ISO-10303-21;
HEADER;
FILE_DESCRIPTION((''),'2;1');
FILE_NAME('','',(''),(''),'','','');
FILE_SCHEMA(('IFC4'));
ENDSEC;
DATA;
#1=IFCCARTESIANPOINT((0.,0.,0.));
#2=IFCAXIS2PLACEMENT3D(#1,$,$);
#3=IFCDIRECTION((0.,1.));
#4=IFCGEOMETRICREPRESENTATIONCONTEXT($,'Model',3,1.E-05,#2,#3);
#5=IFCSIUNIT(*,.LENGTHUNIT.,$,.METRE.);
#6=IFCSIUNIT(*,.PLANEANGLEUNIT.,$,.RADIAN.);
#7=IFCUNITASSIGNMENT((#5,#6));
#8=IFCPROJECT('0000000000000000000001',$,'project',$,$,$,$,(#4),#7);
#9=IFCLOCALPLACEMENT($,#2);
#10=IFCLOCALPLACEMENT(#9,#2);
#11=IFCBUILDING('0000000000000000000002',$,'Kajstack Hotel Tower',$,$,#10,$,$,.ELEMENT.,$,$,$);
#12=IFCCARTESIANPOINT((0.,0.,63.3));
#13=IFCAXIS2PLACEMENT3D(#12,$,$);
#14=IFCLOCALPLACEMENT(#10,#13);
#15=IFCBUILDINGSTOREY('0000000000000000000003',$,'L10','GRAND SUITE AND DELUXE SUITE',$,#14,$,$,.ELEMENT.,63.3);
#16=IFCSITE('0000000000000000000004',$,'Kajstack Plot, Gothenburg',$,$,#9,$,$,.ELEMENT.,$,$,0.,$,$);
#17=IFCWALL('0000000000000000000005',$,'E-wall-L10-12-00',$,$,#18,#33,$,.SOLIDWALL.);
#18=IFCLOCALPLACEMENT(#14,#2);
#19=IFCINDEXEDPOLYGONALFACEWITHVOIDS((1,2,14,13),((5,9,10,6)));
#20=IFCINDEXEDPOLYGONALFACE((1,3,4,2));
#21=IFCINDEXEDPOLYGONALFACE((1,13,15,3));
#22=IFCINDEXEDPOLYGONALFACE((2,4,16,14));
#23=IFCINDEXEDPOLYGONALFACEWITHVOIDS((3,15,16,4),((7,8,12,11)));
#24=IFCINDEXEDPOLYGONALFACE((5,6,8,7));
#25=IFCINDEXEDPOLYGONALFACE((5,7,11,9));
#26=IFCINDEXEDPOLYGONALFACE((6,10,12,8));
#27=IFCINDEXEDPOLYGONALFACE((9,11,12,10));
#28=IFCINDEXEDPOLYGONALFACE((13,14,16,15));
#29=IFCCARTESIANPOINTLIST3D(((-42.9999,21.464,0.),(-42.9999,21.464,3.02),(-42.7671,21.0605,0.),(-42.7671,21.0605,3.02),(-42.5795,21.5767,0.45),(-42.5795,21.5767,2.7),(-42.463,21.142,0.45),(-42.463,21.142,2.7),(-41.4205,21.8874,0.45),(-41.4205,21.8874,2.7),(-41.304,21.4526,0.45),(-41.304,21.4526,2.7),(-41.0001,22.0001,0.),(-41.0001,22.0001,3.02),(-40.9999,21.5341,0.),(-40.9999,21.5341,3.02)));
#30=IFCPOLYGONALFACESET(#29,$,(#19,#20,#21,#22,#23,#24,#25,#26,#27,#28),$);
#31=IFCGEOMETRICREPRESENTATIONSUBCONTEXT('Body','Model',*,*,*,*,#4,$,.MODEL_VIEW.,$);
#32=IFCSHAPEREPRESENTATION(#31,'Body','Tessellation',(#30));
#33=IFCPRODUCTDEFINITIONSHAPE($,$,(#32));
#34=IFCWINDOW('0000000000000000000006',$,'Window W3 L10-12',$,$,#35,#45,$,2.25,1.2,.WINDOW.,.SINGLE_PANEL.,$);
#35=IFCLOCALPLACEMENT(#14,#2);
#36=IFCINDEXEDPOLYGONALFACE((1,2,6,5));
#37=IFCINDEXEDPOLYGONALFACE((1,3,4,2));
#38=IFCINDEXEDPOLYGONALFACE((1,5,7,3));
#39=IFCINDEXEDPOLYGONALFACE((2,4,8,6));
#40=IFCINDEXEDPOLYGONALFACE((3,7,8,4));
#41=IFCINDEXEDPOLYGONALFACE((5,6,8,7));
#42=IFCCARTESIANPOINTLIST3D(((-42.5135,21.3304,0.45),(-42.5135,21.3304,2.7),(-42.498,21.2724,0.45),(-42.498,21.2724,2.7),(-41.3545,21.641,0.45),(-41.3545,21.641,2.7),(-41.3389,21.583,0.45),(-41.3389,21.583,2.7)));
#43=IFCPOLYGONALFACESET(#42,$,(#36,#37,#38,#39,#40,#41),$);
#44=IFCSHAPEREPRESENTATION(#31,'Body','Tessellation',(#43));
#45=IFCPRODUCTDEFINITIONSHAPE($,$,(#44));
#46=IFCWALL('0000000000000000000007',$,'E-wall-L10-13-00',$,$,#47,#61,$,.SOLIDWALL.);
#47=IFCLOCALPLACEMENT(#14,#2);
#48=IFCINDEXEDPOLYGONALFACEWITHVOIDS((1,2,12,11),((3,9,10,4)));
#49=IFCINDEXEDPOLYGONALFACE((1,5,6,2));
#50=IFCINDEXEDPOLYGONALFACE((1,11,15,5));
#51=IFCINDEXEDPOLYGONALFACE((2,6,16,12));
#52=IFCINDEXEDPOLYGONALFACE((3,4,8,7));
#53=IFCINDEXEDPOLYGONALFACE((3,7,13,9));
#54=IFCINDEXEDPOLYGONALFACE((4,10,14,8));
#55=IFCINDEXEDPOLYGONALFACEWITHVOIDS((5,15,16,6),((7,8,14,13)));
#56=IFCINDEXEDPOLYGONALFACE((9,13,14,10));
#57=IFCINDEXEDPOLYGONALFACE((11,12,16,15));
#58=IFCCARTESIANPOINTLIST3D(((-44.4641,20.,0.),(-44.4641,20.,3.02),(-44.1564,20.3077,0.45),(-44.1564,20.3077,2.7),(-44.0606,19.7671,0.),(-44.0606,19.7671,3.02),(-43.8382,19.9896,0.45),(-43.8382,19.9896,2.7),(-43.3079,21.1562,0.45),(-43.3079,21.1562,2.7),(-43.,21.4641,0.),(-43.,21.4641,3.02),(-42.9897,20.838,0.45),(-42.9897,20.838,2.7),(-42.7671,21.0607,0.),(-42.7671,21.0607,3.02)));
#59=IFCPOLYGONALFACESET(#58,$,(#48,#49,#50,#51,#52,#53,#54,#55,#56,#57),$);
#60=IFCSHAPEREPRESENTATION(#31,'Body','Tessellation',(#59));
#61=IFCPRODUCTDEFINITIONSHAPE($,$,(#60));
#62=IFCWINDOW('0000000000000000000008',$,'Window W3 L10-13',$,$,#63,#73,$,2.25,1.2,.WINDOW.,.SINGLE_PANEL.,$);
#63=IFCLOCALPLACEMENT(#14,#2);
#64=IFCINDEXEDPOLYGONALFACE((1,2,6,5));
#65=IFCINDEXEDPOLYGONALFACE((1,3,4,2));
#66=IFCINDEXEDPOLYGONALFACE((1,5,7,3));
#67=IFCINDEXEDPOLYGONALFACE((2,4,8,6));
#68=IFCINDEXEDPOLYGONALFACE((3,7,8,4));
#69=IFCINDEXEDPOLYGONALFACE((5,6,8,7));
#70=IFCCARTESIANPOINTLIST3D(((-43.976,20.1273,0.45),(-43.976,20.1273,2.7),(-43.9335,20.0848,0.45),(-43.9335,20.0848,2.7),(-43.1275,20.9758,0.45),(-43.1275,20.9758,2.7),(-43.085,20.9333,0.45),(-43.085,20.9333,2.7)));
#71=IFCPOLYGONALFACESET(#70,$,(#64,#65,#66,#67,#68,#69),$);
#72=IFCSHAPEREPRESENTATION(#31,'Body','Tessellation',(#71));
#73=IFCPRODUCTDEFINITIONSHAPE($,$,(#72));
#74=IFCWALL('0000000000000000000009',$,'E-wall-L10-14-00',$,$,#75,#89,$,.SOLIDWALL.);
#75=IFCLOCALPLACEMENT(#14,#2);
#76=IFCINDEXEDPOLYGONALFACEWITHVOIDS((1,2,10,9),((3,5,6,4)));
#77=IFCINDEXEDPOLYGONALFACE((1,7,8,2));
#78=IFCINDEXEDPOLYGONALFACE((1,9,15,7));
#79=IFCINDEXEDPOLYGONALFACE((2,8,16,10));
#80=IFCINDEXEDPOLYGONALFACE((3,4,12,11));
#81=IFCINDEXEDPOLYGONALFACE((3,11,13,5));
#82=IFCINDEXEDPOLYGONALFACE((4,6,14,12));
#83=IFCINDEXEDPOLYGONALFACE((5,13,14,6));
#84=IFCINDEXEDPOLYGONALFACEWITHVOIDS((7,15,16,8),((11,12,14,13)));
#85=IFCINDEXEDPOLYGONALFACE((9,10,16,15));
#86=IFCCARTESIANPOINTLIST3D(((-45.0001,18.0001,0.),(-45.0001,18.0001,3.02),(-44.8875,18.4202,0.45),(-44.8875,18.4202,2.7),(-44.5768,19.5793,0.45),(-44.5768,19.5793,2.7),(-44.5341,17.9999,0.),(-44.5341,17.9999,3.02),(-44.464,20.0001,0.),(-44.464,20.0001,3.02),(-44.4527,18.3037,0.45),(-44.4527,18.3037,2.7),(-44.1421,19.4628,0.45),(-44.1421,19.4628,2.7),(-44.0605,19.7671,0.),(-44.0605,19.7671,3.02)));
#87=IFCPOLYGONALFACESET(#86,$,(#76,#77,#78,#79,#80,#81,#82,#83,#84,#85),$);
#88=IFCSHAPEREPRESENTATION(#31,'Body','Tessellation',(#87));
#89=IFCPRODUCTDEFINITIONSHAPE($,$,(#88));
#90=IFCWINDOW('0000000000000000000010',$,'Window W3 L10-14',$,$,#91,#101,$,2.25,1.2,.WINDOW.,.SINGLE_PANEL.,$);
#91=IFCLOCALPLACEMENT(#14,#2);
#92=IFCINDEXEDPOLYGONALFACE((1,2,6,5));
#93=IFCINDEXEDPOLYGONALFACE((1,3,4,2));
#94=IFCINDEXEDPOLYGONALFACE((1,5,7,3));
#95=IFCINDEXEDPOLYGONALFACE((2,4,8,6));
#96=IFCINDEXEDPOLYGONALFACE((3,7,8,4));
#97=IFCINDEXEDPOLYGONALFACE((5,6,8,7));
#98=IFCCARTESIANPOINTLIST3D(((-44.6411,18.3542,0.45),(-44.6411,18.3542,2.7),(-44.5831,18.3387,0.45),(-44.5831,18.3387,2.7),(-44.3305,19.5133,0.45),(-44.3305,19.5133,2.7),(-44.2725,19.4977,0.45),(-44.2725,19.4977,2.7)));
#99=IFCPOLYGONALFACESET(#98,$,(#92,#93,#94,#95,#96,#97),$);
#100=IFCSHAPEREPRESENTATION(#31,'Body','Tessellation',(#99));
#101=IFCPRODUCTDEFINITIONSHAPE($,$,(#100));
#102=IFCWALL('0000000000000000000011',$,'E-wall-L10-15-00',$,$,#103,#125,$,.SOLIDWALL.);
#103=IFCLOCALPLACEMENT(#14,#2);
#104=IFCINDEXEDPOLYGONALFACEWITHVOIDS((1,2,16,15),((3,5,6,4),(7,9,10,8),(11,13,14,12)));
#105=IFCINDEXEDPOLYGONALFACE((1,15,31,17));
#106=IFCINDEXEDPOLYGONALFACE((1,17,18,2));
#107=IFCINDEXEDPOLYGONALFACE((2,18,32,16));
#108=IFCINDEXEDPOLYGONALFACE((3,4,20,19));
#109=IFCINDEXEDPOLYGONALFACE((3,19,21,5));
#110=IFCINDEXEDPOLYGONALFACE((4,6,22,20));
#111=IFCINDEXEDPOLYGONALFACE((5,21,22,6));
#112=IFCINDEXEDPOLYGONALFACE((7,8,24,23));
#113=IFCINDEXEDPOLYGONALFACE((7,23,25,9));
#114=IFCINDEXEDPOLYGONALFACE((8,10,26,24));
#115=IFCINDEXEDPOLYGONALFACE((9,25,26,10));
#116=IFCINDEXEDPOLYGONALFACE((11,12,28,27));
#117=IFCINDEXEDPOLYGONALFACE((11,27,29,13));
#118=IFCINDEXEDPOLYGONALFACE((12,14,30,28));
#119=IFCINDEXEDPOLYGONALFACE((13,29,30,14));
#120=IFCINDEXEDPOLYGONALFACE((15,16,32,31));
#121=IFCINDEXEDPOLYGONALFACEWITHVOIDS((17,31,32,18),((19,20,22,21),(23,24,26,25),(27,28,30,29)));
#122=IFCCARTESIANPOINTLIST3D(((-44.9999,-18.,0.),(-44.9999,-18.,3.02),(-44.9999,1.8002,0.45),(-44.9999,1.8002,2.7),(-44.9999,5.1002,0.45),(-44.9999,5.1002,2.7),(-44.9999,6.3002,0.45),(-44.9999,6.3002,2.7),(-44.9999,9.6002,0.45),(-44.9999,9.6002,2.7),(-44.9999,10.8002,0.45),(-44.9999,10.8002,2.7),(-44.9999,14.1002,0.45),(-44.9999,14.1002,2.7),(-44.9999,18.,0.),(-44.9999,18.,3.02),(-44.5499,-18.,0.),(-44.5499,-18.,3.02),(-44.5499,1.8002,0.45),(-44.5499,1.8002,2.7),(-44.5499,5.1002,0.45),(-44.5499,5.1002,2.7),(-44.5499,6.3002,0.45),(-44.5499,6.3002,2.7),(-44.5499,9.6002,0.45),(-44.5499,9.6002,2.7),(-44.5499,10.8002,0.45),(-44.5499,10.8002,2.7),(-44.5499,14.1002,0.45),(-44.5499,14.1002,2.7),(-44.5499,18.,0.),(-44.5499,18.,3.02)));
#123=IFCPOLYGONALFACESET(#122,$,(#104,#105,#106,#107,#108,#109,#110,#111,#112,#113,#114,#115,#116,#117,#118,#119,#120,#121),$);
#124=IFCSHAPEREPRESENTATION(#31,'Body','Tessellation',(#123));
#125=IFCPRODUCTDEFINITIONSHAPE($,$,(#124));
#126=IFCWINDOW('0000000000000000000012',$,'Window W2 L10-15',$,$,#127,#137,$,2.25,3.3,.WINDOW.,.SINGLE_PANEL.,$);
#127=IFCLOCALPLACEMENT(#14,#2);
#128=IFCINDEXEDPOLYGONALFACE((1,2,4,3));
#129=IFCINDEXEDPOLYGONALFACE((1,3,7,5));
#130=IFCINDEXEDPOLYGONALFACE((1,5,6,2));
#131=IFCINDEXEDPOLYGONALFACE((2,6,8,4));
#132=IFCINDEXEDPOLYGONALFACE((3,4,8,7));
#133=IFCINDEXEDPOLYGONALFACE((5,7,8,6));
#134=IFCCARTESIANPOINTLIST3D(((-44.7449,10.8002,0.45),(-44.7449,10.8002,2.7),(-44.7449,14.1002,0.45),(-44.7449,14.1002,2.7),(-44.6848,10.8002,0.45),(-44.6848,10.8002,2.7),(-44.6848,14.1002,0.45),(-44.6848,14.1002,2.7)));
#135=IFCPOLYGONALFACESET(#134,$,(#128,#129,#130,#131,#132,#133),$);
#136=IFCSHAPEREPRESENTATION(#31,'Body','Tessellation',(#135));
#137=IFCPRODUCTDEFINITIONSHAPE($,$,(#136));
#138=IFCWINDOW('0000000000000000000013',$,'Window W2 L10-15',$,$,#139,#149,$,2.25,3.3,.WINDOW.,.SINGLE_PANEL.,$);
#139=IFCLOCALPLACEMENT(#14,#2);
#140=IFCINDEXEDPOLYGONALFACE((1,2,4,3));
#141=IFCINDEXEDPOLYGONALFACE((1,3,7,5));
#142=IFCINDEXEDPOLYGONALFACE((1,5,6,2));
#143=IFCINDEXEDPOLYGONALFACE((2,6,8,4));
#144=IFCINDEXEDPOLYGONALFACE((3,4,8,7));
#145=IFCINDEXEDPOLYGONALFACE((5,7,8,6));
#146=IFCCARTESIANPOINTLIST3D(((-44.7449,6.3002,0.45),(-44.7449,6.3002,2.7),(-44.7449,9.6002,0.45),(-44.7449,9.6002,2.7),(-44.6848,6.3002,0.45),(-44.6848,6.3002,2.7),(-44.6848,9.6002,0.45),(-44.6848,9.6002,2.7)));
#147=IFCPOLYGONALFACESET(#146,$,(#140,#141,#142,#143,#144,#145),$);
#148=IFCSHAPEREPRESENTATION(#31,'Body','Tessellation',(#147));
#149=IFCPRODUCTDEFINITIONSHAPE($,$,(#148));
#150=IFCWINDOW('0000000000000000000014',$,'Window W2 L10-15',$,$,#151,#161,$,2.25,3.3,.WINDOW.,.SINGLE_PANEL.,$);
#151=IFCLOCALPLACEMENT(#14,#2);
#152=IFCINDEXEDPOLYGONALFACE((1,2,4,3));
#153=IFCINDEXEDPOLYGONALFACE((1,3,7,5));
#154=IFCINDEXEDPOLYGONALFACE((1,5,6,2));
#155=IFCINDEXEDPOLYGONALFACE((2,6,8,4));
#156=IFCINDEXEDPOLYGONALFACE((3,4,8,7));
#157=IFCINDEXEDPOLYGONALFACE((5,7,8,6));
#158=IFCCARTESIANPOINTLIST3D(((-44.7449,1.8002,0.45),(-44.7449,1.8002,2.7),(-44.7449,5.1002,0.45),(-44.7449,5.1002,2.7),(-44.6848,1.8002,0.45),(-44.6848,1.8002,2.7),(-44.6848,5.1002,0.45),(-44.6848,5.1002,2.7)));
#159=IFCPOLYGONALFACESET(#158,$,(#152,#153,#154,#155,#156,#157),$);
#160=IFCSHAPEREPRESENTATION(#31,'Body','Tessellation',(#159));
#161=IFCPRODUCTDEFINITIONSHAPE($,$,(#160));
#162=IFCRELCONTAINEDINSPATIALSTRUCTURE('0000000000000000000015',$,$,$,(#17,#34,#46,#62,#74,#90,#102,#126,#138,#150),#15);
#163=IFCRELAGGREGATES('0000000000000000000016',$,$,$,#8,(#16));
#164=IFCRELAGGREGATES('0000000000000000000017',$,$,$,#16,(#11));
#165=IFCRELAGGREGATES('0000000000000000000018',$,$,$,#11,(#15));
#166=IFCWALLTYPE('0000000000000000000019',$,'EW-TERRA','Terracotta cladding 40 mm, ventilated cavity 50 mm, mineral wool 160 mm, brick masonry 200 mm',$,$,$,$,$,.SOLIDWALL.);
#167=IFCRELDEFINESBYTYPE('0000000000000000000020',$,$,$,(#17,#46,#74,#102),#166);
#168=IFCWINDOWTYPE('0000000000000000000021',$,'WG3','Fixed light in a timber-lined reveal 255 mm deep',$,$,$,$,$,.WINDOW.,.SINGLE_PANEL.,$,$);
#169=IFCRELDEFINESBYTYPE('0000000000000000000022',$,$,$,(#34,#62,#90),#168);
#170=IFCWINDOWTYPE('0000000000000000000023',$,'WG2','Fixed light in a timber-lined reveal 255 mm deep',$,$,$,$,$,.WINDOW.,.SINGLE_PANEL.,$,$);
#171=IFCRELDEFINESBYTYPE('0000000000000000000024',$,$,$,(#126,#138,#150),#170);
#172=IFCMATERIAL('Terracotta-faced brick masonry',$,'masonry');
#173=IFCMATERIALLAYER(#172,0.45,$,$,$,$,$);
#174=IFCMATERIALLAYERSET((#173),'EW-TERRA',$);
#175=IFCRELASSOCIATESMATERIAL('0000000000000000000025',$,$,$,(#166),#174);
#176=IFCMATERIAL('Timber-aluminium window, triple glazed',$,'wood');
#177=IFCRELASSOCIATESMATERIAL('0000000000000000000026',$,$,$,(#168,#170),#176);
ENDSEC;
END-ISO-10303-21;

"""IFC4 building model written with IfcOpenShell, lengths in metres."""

from ifc_helpers import new_model, si_unit, direction, frame, frame_2d, origin, place, context, subcontext, project, spatial, polyline, rectangle, outline, extrude, material, layer, layer_set, type_object, element, fill, save


model = new_model("IFC4")

# Units and contexts
model_context = context("Model", 3, precision=1e-05, world=origin(), true_north=direction((0.0, 1.0)))
body_context = subcontext(model_context, "Body", "Model", "MODEL_VIEW")
ifc_project = project(units=[si_unit("LENGTHUNIT", "METRE"), si_unit("PLANEANGLEUNIT", "RADIAN")], contexts=[model_context])

# Site, building, storey
site_placement = place(None, origin())
site = spatial("IfcSite", under=ifc_project, at=site_placement, Name="Kajstack Plot, Gothenburg", CompositionType="ELEMENT", RefElevation=0.0)
building_placement = place(site_placement, origin())
building = spatial("IfcBuilding", under=site, at=building_placement, Name="Kajstack Hotel Tower", CompositionType="ELEMENT")
storey_placement = place(building_placement, frame((0.0, 0.0, 63.3)))
storey = spatial("IfcBuildingStorey", under=building, at=storey_placement, Name="L10", Description="GRAND SUITE AND DELUXE SUITE", CompositionType="ELEMENT", Elevation=63.3)

# Walls, openings, windows
ifc_material_1 = material(Name="Terracotta-faced brick masonry", Category="masonry")
ifc_layer_1 = layer(ifc_material_1, 0.45)
ifc_layer_set_1 = layer_set([ifc_layer_1], Name="EW-TERRA")
wall_type_1 = type_object("IfcWallType", Name="EW-TERRA", Description="Terracotta cladding 40 mm, ventilated cavity 50 mm, mineral wool 160 mm, brick masonry 200 mm", PredefinedType="SOLIDWALL", material=ifc_layer_set_1)
wall_1_placement = place(storey_placement, frame((-40.9417, 21.7827, 0.0), z_axis=(0.0, 0.0, 1.0), x_axis=(-0.965927, -0.258815, 0.0)))
wall_1 = element("IfcWall", 1, at=wall_1_placement, inside=storey, type_object=wall_type_1, Name="E-wall-L10-12-00", PredefinedType="SOLIDWALL", context=body_context, shape_type="SweptSolid", body=[
    extrude(outline(polyline([(0.0002, -0.2251), (2.0706, -0.2249), (1.9502, 0.2251), (0.1206, 0.2251), (0.0002, -0.2251)])), origin(), (0.0, 0.0, 1.0), 3.02),
])
opening_1_placement = place(wall_1_placement, frame((0.4353, 0.0, 0.45)))
opening_1 = element("IfcOpeningElement", 2, at=opening_1_placement, cuts=wall_1, PredefinedType="OPENING", context=body_context, shape_type="SweptSolid", body=[
    extrude(rectangle(XDim=1.2, YDim=2.25, at=frame_2d((0.6001, 1.125))), frame((0.0, 0.2349, 0.0), z_axis=(0.0, -1.0, 0.0), x_axis=(1.0, 0.0, 0.0)), (0.0, 0.0, 1.0), 0.47),
])
ifc_material_2 = material(Name="Timber-aluminium window, triple glazed", Category="wood")
window_type_1 = type_object("IfcWindowType", Name="WG3", Description="Fixed light in a timber-lined reveal 255 mm deep", PartitioningType="SINGLE_PANEL", PredefinedType="WINDOW", material=ifc_material_2)
window_1_placement = place(opening_1_placement, origin())
window_1 = element("IfcWindow", 3, at=window_1_placement, inside=storey, type_object=window_type_1, Name="Window W3 L10-12", OverallHeight=2.25, OverallWidth=1.2, PartitioningType="SINGLE_PANEL", PredefinedType="WINDOW", context=body_context, shape_type="SweptSolid", body=[
    extrude(rectangle(XDim=1.2, YDim=2.25, at=frame_2d((0.6001, 1.125))), frame((0.0, 0.0901, 0.0), z_axis=(0.0, -1.0, 0.0), x_axis=(1.0, 0.0, 0.0)), (0.0, 0.0, 1.0), 0.0601),
])
fill(opening_1, window_1)
wall_2_placement = place(storey_placement, frame((-42.8408, 21.3049, 0.0), z_axis=(0.0, 0.0, 1.0), x_axis=(-0.707107, -0.707107, 0.0)))
wall_2 = element("IfcWall", 4, at=wall_2_placement, inside=storey, type_object=wall_type_1, Name="E-wall-L10-13-00", PredefinedType="SOLIDWALL", context=body_context, shape_type="SweptSolid", body=[
    extrude(outline(polyline([(0.0, -0.2251), (2.0706, -0.2251), (1.95, 0.2249), (0.1206, 0.2249), (0.0, -0.2251)])), origin(), (0.0, 0.0, 1.0), 3.02),
])
opening_2_placement = place(wall_2_placement, frame((0.4353, 0.0, 0.45)))
opening_2 = element("IfcOpeningElement", 5, at=opening_2_placement, cuts=wall_2, PredefinedType="OPENING", context=body_context, shape_type="SweptSolid", body=[
    extrude(rectangle(XDim=1.2, YDim=2.25, at=frame_2d((0.6001, 1.125))), frame((0.0, 0.2349, 0.0), z_axis=(0.0, -1.0, 0.0), x_axis=(1.0, 0.0, 0.0)), (0.0, 0.0, 1.0), 0.47),
])
window_2_placement = place(opening_2_placement, origin())
window_2 = element("IfcWindow", 6, at=window_2_placement, inside=storey, type_object=window_type_1, Name="Window W3 L10-13", OverallHeight=2.25, OverallWidth=1.2, PartitioningType="SINGLE_PANEL", PredefinedType="WINDOW", context=body_context, shape_type="SweptSolid", body=[
    extrude(rectangle(XDim=1.2, YDim=2.25, at=frame_2d((0.6001, 1.125))), frame((0.0, 0.0901, 0.0), z_axis=(0.0, -1.0, 0.0), x_axis=(1.0, 0.0, 0.0)), (0.0, 0.0, 1.0), 0.0601),
])
fill(opening_2, window_2)
wall_3_placement = place(storey_placement, frame((-44.2468, 19.9417, 0.0), z_axis=(0.0, 0.0, 1.0), x_axis=(-0.258815, -0.965927, 0.0)))
wall_3 = element("IfcWall", 7, at=wall_3_placement, inside=storey, type_object=wall_type_1, Name="E-wall-L10-14-00", PredefinedType="SOLIDWALL", context=body_context, shape_type="SweptSolid", body=[
    extrude(outline(polyline([(-0.0002, -0.2249), (2.0703, -0.2251), (1.95, 0.2251), (0.1204, 0.2251), (-0.0002, -0.2249)])), origin(), (0.0, 0.0, 1.0), 3.02),
])
opening_3_placement = place(wall_3_placement, frame((0.4353, 0.0, 0.45)))
opening_3 = element("IfcOpeningElement", 8, at=opening_3_placement, cuts=wall_3, PredefinedType="OPENING", context=body_context, shape_type="SweptSolid", body=[
    extrude(rectangle(XDim=1.2, YDim=2.25, at=frame_2d((0.6001, 1.125))), frame((0.0, 0.2349, 0.0), z_axis=(0.0, -1.0, 0.0), x_axis=(1.0, 0.0, 0.0)), (0.0, 0.0, 1.0), 0.47),
])
window_3_placement = place(opening_3_placement, origin())
window_3 = element("IfcWindow", 9, at=window_3_placement, inside=storey, type_object=window_type_1, Name="Window W3 L10-14", OverallHeight=2.25, OverallWidth=1.2, PartitioningType="SINGLE_PANEL", PredefinedType="WINDOW", context=body_context, shape_type="SweptSolid", body=[
    extrude(rectangle(XDim=1.2, YDim=2.25, at=frame_2d((0.6001, 1.125))), frame((0.0, 0.0901, 0.0), z_axis=(0.0, -1.0, 0.0), x_axis=(1.0, 0.0, 0.0)), (0.0, 0.0, 1.0), 0.0601),
])
fill(opening_3, window_3)

# Wall, openings, windows
wall_4_placement = place(storey_placement, frame((-44.7749, 18.0, 0.0), z_axis=(0.0, 0.0, 1.0), x_axis=(0.0, -1.0, 0.0)))
wall_4 = element("IfcWall", 10, at=wall_4_placement, inside=storey, type_object=wall_type_1, Name="E-wall-L10-15-00", PredefinedType="SOLIDWALL", context=body_context, shape_type="SweptSolid", body=[
    extrude(rectangle(XDim=36.0, YDim=0.45, at=frame_2d((18.0, 0.0))), origin(), (0.0, 0.0, 1.0), 3.02),
])
opening_4_placement = place(wall_4_placement, frame((3.8999, 0.0, 0.45)))
opening_4 = element("IfcOpeningElement", 11, at=opening_4_placement, cuts=wall_4, PredefinedType="OPENING", context=body_context, shape_type="SweptSolid", body=[
    extrude(rectangle(XDim=3.3, YDim=2.25, at=frame_2d((1.6499, 1.125))), frame((0.0, 0.2349, 0.0), z_axis=(0.0, -1.0, 0.0), x_axis=(1.0, 0.0, 0.0)), (0.0, 0.0, 1.0), 0.47),
])
opening_5_placement = place(wall_4_placement, frame((8.3999, 0.0, 0.45)))
opening_5 = element("IfcOpeningElement", 12, at=opening_5_placement, cuts=wall_4, PredefinedType="OPENING", context=body_context, shape_type="SweptSolid", body=[
    extrude(rectangle(XDim=3.3, YDim=2.25, at=frame_2d((1.6499, 1.125))), frame((0.0, 0.2349, 0.0), z_axis=(0.0, -1.0, 0.0), x_axis=(1.0, 0.0, 0.0)), (0.0, 0.0, 1.0), 0.47),
])
opening_6_placement = place(wall_4_placement, frame((12.8999, 0.0, 0.45)))
opening_6 = element("IfcOpeningElement", 13, at=opening_6_placement, cuts=wall_4, PredefinedType="OPENING", context=body_context, shape_type="SweptSolid", body=[
    extrude(rectangle(XDim=3.3, YDim=2.25, at=frame_2d((1.6499, 1.125))), frame((0.0, 0.2349, 0.0), z_axis=(0.0, -1.0, 0.0), x_axis=(1.0, 0.0, 0.0)), (0.0, 0.0, 1.0), 0.47),
])
window_type_2 = type_object("IfcWindowType", Name="WG2", Description="Fixed light in a timber-lined reveal 255 mm deep", PartitioningType="SINGLE_PANEL", PredefinedType="WINDOW", material=ifc_material_2)
window_4_placement = place(opening_4_placement, origin())
window_4 = element("IfcWindow", 14, at=window_4_placement, inside=storey, type_object=window_type_2, Name="Window W2 L10-15", OverallHeight=2.25, OverallWidth=3.3, PartitioningType="SINGLE_PANEL", PredefinedType="WINDOW", context=body_context, shape_type="SweptSolid", body=[
    extrude(rectangle(XDim=3.3, YDim=2.25, at=frame_2d((1.6499, 1.125))), frame((0.0, 0.0901, 0.0), z_axis=(0.0, -1.0, 0.0), x_axis=(1.0, 0.0, 0.0)), (0.0, 0.0, 1.0), 0.0601),
])
fill(opening_4, window_4)
window_5_placement = place(opening_5_placement, origin())
window_5 = element("IfcWindow", 15, at=window_5_placement, inside=storey, type_object=window_type_2, Name="Window W2 L10-15", OverallHeight=2.25, OverallWidth=3.3, PartitioningType="SINGLE_PANEL", PredefinedType="WINDOW", context=body_context, shape_type="SweptSolid", body=[
    extrude(rectangle(XDim=3.3, YDim=2.25, at=frame_2d((1.6499, 1.125))), frame((0.0, 0.0901, 0.0), z_axis=(0.0, -1.0, 0.0), x_axis=(1.0, 0.0, 0.0)), (0.0, 0.0, 1.0), 0.0601),
])
fill(opening_5, window_5)
window_6_placement = place(opening_6_placement, origin())
window_6 = element("IfcWindow", 16, at=window_6_placement, inside=storey, type_object=window_type_2, Name="Window W2 L10-15", OverallHeight=2.25, OverallWidth=3.3, PartitioningType="SINGLE_PANEL", PredefinedType="WINDOW", context=body_context, shape_type="SweptSolid", body=[
    extrude(rectangle(XDim=3.3, YDim=2.25, at=frame_2d((1.6499, 1.125))), frame((0.0, 0.0901, 0.0), z_axis=(0.0, -1.0, 0.0), x_axis=(1.0, 0.0, 0.0)), (0.0, 0.0, 1.0), 0.0601),
])
fill(opening_6, window_6)

save(model, "model.ifc")
